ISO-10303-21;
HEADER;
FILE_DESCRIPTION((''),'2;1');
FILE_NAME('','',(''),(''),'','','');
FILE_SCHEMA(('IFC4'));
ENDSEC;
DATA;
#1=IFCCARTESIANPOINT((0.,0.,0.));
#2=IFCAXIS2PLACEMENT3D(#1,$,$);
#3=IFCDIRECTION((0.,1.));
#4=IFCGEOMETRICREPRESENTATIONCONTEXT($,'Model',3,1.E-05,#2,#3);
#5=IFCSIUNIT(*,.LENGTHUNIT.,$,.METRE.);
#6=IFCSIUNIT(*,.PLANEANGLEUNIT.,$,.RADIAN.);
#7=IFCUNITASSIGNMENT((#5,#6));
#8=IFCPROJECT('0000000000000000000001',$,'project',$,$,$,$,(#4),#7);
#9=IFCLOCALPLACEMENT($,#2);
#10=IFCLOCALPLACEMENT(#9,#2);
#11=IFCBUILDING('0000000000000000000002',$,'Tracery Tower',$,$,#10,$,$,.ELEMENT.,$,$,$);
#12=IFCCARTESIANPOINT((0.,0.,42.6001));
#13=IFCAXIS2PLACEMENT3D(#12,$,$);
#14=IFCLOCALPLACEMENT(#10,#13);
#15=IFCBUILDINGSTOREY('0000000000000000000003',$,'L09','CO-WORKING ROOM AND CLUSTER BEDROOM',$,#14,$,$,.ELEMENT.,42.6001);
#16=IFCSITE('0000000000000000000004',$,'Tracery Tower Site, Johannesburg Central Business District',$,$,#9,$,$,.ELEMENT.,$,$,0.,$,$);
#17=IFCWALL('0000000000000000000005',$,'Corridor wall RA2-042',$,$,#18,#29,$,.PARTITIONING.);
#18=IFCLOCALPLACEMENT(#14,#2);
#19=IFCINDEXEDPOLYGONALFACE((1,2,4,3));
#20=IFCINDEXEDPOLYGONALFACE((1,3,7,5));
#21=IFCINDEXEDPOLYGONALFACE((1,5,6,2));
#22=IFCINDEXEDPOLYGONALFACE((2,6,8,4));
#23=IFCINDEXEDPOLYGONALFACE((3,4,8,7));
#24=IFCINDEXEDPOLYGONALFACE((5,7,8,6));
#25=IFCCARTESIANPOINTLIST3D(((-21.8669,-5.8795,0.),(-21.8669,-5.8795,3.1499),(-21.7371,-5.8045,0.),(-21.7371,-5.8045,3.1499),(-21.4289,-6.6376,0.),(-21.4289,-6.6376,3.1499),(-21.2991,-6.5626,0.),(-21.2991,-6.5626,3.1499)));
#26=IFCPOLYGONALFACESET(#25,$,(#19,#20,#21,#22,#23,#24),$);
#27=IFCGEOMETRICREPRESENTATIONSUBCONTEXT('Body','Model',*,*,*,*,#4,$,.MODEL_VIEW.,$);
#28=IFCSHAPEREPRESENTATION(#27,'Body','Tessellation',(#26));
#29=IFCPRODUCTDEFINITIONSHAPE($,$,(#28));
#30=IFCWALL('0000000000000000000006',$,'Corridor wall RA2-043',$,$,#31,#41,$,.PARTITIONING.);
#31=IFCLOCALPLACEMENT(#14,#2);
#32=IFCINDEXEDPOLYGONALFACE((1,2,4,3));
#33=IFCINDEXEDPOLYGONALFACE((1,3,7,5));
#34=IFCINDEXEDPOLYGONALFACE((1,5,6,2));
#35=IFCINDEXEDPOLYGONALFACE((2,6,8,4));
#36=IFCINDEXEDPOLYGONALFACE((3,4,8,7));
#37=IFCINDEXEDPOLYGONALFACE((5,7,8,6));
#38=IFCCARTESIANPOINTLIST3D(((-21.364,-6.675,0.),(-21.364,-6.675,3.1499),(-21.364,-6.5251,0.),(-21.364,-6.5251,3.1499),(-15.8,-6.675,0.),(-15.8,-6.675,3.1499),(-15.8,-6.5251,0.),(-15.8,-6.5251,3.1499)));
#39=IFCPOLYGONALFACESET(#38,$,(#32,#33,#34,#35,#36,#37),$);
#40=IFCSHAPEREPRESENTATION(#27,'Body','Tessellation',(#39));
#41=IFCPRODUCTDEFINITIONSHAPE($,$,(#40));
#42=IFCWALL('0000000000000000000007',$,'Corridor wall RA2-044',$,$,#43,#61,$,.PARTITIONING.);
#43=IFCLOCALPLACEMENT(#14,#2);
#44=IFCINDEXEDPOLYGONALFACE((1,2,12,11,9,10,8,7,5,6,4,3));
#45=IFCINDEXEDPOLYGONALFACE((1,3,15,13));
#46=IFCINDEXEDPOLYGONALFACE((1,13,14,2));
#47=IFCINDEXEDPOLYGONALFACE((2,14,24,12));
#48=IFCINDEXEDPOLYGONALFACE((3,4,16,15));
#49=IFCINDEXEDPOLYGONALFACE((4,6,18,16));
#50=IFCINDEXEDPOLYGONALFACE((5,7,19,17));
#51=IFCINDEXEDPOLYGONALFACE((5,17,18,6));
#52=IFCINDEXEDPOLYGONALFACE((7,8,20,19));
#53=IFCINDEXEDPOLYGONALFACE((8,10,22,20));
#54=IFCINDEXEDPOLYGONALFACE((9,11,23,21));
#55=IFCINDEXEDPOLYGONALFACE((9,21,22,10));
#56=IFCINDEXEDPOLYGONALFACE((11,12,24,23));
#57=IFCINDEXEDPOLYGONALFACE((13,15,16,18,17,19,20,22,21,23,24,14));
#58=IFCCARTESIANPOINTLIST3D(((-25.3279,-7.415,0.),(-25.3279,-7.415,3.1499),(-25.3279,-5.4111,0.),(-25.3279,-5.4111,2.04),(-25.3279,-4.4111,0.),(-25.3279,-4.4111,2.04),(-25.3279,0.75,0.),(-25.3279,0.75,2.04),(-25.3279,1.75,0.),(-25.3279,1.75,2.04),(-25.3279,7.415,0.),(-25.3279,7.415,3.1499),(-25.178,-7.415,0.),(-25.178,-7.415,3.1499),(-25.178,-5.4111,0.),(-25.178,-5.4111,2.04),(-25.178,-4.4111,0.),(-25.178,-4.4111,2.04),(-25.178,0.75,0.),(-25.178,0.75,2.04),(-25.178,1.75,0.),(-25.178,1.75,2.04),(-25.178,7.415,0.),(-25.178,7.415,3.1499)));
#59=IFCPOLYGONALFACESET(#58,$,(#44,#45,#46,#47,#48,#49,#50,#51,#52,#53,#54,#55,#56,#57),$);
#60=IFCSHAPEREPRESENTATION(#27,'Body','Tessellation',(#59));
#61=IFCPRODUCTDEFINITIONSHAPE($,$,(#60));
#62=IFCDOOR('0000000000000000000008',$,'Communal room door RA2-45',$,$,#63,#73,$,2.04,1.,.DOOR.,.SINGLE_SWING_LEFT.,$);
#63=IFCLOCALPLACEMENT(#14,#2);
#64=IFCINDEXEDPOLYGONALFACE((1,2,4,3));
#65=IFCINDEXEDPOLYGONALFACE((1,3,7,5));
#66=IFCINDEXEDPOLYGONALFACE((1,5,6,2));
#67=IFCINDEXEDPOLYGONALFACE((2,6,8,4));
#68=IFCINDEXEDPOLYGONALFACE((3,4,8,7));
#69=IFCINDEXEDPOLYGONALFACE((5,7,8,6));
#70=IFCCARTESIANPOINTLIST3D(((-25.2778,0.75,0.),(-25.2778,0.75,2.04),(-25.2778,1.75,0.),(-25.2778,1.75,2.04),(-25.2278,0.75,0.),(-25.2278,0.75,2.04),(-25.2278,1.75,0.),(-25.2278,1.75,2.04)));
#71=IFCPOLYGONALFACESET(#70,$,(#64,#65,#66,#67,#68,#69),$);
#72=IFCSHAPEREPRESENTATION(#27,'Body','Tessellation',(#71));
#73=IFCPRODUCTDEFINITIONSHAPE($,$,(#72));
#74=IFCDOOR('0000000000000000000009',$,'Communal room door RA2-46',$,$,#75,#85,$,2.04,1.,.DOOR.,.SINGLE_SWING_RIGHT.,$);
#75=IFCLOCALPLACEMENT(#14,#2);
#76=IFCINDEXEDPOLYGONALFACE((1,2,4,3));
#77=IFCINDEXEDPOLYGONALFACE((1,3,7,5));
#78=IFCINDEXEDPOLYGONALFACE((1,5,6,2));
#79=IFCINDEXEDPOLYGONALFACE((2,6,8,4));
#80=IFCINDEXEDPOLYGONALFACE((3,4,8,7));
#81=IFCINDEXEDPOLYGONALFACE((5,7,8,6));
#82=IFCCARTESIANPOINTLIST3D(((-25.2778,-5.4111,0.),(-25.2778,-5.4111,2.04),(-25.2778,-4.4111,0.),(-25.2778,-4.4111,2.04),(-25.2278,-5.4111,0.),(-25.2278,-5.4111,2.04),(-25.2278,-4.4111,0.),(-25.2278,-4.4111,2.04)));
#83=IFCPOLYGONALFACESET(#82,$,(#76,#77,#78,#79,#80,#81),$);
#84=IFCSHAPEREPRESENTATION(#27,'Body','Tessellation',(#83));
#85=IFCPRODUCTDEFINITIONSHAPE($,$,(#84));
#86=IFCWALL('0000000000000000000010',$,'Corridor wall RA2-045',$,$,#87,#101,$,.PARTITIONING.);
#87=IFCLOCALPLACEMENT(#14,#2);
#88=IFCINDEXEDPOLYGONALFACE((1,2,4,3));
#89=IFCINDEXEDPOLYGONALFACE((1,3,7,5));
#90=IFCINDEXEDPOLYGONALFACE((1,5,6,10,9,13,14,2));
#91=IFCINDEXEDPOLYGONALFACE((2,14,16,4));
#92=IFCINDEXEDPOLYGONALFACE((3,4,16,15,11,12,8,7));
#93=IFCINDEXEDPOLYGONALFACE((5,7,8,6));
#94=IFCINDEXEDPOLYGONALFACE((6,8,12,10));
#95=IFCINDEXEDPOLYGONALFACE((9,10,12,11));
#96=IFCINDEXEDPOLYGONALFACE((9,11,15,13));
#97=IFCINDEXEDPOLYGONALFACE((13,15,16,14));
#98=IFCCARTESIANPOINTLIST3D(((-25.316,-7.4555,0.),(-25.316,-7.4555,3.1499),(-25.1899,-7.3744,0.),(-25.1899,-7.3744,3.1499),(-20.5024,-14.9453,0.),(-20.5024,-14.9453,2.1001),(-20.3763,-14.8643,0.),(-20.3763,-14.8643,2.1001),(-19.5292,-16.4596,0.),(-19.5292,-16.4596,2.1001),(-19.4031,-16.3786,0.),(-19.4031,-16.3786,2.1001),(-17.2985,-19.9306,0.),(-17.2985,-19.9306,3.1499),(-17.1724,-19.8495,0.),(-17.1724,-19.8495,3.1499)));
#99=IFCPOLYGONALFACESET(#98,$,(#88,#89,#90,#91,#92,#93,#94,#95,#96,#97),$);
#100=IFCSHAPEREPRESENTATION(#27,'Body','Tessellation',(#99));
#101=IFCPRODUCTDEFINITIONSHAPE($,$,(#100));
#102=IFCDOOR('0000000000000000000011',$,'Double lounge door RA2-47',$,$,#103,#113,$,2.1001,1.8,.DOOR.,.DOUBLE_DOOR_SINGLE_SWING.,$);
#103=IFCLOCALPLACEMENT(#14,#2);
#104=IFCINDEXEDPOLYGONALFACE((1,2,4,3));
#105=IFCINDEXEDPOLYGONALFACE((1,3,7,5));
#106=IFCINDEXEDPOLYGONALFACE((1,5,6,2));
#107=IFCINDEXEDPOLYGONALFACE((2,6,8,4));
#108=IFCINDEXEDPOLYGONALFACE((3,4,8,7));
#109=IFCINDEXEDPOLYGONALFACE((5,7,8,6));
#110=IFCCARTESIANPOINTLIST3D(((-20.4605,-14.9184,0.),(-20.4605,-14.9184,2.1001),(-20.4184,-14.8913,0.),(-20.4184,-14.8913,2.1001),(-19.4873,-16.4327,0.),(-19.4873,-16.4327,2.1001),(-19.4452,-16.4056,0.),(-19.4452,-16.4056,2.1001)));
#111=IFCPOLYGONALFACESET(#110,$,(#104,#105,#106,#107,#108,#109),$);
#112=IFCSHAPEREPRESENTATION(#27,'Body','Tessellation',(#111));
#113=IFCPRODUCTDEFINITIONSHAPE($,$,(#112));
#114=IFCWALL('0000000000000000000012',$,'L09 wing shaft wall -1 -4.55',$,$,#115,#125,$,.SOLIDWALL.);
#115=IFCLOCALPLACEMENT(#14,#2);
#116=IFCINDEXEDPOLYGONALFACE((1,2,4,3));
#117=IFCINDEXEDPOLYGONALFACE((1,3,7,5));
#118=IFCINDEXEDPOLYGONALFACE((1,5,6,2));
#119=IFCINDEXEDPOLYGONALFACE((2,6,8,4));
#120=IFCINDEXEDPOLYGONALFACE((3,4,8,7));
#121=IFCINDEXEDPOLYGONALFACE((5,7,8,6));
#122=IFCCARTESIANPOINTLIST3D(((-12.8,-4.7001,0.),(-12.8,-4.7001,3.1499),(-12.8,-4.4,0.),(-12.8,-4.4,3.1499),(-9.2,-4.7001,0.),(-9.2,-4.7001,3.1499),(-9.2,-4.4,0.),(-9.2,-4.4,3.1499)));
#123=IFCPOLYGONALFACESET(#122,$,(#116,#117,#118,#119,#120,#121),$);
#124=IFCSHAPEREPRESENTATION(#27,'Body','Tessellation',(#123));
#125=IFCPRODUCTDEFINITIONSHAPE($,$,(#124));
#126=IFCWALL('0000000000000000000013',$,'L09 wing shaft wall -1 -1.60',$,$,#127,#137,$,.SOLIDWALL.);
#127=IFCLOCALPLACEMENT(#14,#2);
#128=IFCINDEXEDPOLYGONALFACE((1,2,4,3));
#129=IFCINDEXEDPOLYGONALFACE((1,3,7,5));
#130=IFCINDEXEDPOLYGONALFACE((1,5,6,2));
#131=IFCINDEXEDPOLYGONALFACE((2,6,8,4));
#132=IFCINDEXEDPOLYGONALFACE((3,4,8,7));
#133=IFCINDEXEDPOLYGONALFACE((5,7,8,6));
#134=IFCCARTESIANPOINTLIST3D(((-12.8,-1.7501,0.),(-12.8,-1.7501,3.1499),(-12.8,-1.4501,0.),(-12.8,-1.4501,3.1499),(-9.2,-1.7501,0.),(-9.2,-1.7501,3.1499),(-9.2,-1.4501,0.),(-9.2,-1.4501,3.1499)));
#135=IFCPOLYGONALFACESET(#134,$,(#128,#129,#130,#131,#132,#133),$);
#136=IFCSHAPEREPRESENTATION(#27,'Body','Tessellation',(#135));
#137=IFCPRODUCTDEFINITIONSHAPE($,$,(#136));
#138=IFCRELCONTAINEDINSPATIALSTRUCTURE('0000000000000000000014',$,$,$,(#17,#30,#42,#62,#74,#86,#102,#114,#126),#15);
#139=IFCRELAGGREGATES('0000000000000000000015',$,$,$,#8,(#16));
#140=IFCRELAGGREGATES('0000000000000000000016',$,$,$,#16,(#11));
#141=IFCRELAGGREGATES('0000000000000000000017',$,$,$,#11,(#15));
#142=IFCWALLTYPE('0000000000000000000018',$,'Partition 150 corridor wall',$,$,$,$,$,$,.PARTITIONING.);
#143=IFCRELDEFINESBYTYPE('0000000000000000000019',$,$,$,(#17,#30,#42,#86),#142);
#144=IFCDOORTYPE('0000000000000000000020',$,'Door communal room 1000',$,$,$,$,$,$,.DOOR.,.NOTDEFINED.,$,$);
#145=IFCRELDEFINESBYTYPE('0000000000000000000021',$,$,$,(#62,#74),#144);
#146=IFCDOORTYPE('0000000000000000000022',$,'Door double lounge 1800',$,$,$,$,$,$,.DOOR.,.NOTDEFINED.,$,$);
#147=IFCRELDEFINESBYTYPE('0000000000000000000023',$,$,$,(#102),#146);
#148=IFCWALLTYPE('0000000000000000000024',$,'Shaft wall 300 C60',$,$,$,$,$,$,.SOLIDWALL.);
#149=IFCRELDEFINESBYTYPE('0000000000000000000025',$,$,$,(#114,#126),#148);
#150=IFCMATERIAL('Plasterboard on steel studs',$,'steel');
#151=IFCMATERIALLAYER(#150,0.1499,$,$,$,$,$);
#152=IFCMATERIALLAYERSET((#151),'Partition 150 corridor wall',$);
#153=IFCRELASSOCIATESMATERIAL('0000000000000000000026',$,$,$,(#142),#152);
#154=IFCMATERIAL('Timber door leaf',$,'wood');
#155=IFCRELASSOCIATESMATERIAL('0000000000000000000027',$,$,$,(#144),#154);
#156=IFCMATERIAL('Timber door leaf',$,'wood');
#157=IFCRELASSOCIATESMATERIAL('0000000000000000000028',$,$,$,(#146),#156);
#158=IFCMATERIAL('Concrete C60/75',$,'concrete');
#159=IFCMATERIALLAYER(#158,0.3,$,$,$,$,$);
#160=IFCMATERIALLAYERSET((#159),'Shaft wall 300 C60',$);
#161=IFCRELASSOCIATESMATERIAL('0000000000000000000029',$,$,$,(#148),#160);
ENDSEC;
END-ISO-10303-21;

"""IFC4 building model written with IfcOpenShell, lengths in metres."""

from ifc_helpers import new_model, si_unit, direction, frame, frame_2d, origin, place, context, subcontext, project, spatial, rectangle, extrude, material, layer, layer_set, type_object, element, fill, save


model = new_model("IFC4")

# Units and contexts
model_context = context("Model", 3, precision=1e-05, world=origin(), true_north=direction((0.0, 1.0)))
body_context = subcontext(model_context, "Body", "Model", "MODEL_VIEW")
ifc_project = project(units=[si_unit("LENGTHUNIT", "METRE"), si_unit("PLANEANGLEUNIT", "RADIAN")], contexts=[model_context])

# Site, building, storey
site_placement = place(None, origin())
site = spatial("IfcSite", under=ifc_project, at=site_placement, Name="Tracery Tower Site, Johannesburg Central Business District", CompositionType="ELEMENT", RefElevation=0.0)
building_placement = place(site_placement, origin())
building = spatial("IfcBuilding", under=site, at=building_placement, Name="Tracery Tower", CompositionType="ELEMENT")
storey_placement = place(building_placement, frame((0.0, 0.0, 42.6001)))
storey = spatial("IfcBuildingStorey", under=building, at=storey_placement, Name="L09", Description="CO-WORKING ROOM AND CLUSTER BEDROOM", CompositionType="ELEMENT", Elevation=42.6001)

# Shared definitions
ifc_material_1 = material(Name="Plasterboard on steel studs", Category="steel")
ifc_layer_1 = layer(ifc_material_1, 0.1499)
ifc_layer_set_1 = layer_set([ifc_layer_1], Name="Partition 150 corridor wall")
wall_type_1 = type_object("IfcWallType", Name="Partition 150 corridor wall", PredefinedType="PARTITIONING", material=ifc_layer_set_1)

# Walls
wall_1_placement = place(storey_placement, frame((-21.802, -5.842, 0.0), z_axis=(0.0, 0.0, 1.0), x_axis=(0.500278, -0.865865, 0.0)))
element("IfcWall", 1, at=wall_1_placement, inside=storey, type_object=wall_type_1, Name="Corridor wall RA2-042", PredefinedType="PARTITIONING", context=body_context, shape_type="SweptSolid", body=[
    extrude(rectangle(XDim=0.8755, YDim=0.1499, at=frame_2d((0.4377, 0.0))), origin(), (0.0, 0.0, 1.0), 3.1499),
])
wall_2_placement = place(storey_placement, frame((-21.364, -6.6001, 0.0), z_axis=(0.0, 0.0, 1.0), x_axis=(1.0, 0.0, 0.0)))
element("IfcWall", 2, at=wall_2_placement, inside=storey, type_object=wall_type_1, Name="Corridor wall RA2-043", PredefinedType="PARTITIONING", context=body_context, shape_type="SweptSolid", body=[
    extrude(rectangle(XDim=5.564, YDim=0.1499, at=frame_2d((2.782, 0.0))), origin(), (0.0, 0.0, 1.0), 3.1499),
])

# Wall, openings, doors
wall_3_placement = place(storey_placement, frame((-25.2529, -7.415, 0.0), z_axis=(0.0, 0.0, 1.0), x_axis=(0.0, 1.0, 0.0)))
wall_3 = element("IfcWall", 3, at=wall_3_placement, inside=storey, type_object=wall_type_1, Name="Corridor wall RA2-044", PredefinedType="PARTITIONING", context=body_context, shape_type="SweptSolid", body=[
    extrude(rectangle(XDim=14.8301, YDim=0.1499, at=frame_2d((7.415, 0.0))), origin(), (0.0, 0.0, 1.0), 3.1499),
])
opening_1_placement = place(wall_3_placement, frame((8.165, 0.0, 0.0)))
opening_1 = element("IfcOpeningElement", 4, at=opening_1_placement, cuts=wall_3, PredefinedType="OPENING", context=body_context, shape_type="SweptSolid", body=[
    extrude(rectangle(XDim=1.0, YDim=2.04, at=frame_2d((0.5, 1.02))), frame((0.0, 0.075, 0.0), z_axis=(0.0, -1.0, 0.0), x_axis=(1.0, 0.0, 0.0)), (0.0, 0.0, 1.0), 0.1499),
])
opening_2_placement = place(wall_3_placement, frame((2.0039, 0.0, 0.0)))
opening_2 = element("IfcOpeningElement", 5, at=opening_2_placement, cuts=wall_3, PredefinedType="OPENING", context=body_context, shape_type="SweptSolid", body=[
    extrude(rectangle(XDim=1.0, YDim=2.04, at=frame_2d((0.5, 1.02))), frame((0.0, 0.075, 0.0), z_axis=(0.0, -1.0, 0.0), x_axis=(1.0, 0.0, 0.0)), (0.0, 0.0, 1.0), 0.1499),
])
ifc_material_2 = material(Name="Timber door leaf", Category="wood")
door_type_1 = type_object("IfcDoorType", Name="Door communal room 1000", OperationType="NOTDEFINED", PredefinedType="DOOR", material=ifc_material_2)
door_1_placement = place(opening_1_placement, origin())
door_1 = element("IfcDoor", 6, at=door_1_placement, inside=storey, type_object=door_type_1, Name="Communal room door RA2-45", OperationType="SINGLE_SWING_LEFT", OverallHeight=2.04, OverallWidth=1.0, PredefinedType="DOOR", context=body_context, shape_type="SweptSolid", body=[
    extrude(rectangle(XDim=1.0, YDim=2.04, at=frame_2d((0.5, 1.02))), frame((0.0, 0.0249, 0.0), z_axis=(0.0, -1.0, 0.0), x_axis=(1.0, 0.0, 0.0)), (0.0, 0.0, 1.0), 0.05),
])
fill(opening_1, door_1)
door_2_placement = place(opening_2_placement, origin())
door_2 = element("IfcDoor", 7, at=door_2_placement, inside=storey, type_object=door_type_1, Name="Communal room door RA2-46", OperationType="SINGLE_SWING_RIGHT", OverallHeight=2.04, OverallWidth=1.0, PredefinedType="DOOR", context=body_context, shape_type="SweptSolid", body=[
    extrude(rectangle(XDim=1.0, YDim=2.04, at=frame_2d((0.5, 1.02))), frame((0.0, 0.0249, 0.0), z_axis=(0.0, -1.0, 0.0), x_axis=(1.0, 0.0, 0.0)), (0.0, 0.0, 1.0), 0.05),
])
fill(opening_2, door_2)

# Wall, opening, door
wall_4_placement = place(storey_placement, frame((-25.2529, -7.415, 0.0), z_axis=(0.0, 0.0, 1.0), x_axis=(0.540656, -0.841244, 0.0)))
wall_4 = element("IfcWall", 8, at=wall_4_placement, inside=storey, type_object=wall_type_1, Name="Corridor wall RA2-045", PredefinedType="PARTITIONING", context=body_context, shape_type="SweptSolid", body=[
    extrude(rectangle(XDim=14.8293, YDim=0.1499, at=frame_2d((7.4146, 0.0))), origin(), (0.0, 0.0, 1.0), 3.1499),
])
opening_3_placement = place(wall_4_placement, frame((8.9033, 0.0, 0.0)))
opening_3 = element("IfcOpeningElement", 9, at=opening_3_placement, cuts=wall_4, PredefinedType="OPENING", context=body_context, shape_type="SweptSolid", body=[
    extrude(rectangle(XDim=1.8, YDim=2.1001, at=frame_2d((0.8999, 1.05))), frame((0.0, 0.075, 0.0), z_axis=(0.0, -1.0, 0.0), x_axis=(1.0, 0.0, 0.0)), (0.0, 0.0, 1.0), 0.1499),
])
ifc_material_3 = material(Name="Timber door leaf", Category="wood")
door_type_2 = type_object("IfcDoorType", Name="Door double lounge 1800", OperationType="NOTDEFINED", PredefinedType="DOOR", material=ifc_material_3)
door_3_placement = place(opening_3_placement, origin())
door_3 = element("IfcDoor", 10, at=door_3_placement, inside=storey, type_object=door_type_2, Name="Double lounge door RA2-47", OperationType="DOUBLE_DOOR_SINGLE_SWING", OverallHeight=2.1001, OverallWidth=1.8, PredefinedType="DOOR", context=body_context, shape_type="SweptSolid", body=[
    extrude(rectangle(XDim=1.8, YDim=2.1001, at=frame_2d((0.8999, 1.05))), frame((0.0, 0.0249, 0.0), z_axis=(0.0, -1.0, 0.0), x_axis=(1.0, 0.0, 0.0)), (0.0, 0.0, 1.0), 0.05),
])
fill(opening_3, door_3)

# Walls
ifc_material_4 = material(Name="Concrete C60/75", Category="concrete")
ifc_layer_2 = layer(ifc_material_4, 0.3)
ifc_layer_set_2 = layer_set([ifc_layer_2], Name="Shaft wall 300 C60")
wall_type_2 = type_object("IfcWallType", Name="Shaft wall 300 C60", PredefinedType="SOLIDWALL", material=ifc_layer_set_2)
for number, where, z_axis, x_axis, name in (
    (11, (-12.8, -4.55, 0.0), (0.0, 0.0, 1.0), (1.0, 0.0, 0.0), "L09 wing shaft wall -1 -4.55"),
    (12, (-12.8, -1.6001, 0.0), (0.0, 0.0, 1.0), (1.0, 0.0, 0.0), "L09 wing shaft wall -1 -1.60"),
):
    element("IfcWall", number, at=place(storey_placement, frame(where, z_axis=z_axis, x_axis=x_axis)), inside=storey, type_object=wall_type_2, Name=name, PredefinedType="SOLIDWALL", context=body_context, shape_type="SweptSolid", body=[
        extrude(rectangle(XDim=3.6001, YDim=0.3, at=frame_2d((1.8, 0.0))), origin(), (0.0, 0.0, 1.0), 3.1499),
    ])

save(model, "model.ifc")
